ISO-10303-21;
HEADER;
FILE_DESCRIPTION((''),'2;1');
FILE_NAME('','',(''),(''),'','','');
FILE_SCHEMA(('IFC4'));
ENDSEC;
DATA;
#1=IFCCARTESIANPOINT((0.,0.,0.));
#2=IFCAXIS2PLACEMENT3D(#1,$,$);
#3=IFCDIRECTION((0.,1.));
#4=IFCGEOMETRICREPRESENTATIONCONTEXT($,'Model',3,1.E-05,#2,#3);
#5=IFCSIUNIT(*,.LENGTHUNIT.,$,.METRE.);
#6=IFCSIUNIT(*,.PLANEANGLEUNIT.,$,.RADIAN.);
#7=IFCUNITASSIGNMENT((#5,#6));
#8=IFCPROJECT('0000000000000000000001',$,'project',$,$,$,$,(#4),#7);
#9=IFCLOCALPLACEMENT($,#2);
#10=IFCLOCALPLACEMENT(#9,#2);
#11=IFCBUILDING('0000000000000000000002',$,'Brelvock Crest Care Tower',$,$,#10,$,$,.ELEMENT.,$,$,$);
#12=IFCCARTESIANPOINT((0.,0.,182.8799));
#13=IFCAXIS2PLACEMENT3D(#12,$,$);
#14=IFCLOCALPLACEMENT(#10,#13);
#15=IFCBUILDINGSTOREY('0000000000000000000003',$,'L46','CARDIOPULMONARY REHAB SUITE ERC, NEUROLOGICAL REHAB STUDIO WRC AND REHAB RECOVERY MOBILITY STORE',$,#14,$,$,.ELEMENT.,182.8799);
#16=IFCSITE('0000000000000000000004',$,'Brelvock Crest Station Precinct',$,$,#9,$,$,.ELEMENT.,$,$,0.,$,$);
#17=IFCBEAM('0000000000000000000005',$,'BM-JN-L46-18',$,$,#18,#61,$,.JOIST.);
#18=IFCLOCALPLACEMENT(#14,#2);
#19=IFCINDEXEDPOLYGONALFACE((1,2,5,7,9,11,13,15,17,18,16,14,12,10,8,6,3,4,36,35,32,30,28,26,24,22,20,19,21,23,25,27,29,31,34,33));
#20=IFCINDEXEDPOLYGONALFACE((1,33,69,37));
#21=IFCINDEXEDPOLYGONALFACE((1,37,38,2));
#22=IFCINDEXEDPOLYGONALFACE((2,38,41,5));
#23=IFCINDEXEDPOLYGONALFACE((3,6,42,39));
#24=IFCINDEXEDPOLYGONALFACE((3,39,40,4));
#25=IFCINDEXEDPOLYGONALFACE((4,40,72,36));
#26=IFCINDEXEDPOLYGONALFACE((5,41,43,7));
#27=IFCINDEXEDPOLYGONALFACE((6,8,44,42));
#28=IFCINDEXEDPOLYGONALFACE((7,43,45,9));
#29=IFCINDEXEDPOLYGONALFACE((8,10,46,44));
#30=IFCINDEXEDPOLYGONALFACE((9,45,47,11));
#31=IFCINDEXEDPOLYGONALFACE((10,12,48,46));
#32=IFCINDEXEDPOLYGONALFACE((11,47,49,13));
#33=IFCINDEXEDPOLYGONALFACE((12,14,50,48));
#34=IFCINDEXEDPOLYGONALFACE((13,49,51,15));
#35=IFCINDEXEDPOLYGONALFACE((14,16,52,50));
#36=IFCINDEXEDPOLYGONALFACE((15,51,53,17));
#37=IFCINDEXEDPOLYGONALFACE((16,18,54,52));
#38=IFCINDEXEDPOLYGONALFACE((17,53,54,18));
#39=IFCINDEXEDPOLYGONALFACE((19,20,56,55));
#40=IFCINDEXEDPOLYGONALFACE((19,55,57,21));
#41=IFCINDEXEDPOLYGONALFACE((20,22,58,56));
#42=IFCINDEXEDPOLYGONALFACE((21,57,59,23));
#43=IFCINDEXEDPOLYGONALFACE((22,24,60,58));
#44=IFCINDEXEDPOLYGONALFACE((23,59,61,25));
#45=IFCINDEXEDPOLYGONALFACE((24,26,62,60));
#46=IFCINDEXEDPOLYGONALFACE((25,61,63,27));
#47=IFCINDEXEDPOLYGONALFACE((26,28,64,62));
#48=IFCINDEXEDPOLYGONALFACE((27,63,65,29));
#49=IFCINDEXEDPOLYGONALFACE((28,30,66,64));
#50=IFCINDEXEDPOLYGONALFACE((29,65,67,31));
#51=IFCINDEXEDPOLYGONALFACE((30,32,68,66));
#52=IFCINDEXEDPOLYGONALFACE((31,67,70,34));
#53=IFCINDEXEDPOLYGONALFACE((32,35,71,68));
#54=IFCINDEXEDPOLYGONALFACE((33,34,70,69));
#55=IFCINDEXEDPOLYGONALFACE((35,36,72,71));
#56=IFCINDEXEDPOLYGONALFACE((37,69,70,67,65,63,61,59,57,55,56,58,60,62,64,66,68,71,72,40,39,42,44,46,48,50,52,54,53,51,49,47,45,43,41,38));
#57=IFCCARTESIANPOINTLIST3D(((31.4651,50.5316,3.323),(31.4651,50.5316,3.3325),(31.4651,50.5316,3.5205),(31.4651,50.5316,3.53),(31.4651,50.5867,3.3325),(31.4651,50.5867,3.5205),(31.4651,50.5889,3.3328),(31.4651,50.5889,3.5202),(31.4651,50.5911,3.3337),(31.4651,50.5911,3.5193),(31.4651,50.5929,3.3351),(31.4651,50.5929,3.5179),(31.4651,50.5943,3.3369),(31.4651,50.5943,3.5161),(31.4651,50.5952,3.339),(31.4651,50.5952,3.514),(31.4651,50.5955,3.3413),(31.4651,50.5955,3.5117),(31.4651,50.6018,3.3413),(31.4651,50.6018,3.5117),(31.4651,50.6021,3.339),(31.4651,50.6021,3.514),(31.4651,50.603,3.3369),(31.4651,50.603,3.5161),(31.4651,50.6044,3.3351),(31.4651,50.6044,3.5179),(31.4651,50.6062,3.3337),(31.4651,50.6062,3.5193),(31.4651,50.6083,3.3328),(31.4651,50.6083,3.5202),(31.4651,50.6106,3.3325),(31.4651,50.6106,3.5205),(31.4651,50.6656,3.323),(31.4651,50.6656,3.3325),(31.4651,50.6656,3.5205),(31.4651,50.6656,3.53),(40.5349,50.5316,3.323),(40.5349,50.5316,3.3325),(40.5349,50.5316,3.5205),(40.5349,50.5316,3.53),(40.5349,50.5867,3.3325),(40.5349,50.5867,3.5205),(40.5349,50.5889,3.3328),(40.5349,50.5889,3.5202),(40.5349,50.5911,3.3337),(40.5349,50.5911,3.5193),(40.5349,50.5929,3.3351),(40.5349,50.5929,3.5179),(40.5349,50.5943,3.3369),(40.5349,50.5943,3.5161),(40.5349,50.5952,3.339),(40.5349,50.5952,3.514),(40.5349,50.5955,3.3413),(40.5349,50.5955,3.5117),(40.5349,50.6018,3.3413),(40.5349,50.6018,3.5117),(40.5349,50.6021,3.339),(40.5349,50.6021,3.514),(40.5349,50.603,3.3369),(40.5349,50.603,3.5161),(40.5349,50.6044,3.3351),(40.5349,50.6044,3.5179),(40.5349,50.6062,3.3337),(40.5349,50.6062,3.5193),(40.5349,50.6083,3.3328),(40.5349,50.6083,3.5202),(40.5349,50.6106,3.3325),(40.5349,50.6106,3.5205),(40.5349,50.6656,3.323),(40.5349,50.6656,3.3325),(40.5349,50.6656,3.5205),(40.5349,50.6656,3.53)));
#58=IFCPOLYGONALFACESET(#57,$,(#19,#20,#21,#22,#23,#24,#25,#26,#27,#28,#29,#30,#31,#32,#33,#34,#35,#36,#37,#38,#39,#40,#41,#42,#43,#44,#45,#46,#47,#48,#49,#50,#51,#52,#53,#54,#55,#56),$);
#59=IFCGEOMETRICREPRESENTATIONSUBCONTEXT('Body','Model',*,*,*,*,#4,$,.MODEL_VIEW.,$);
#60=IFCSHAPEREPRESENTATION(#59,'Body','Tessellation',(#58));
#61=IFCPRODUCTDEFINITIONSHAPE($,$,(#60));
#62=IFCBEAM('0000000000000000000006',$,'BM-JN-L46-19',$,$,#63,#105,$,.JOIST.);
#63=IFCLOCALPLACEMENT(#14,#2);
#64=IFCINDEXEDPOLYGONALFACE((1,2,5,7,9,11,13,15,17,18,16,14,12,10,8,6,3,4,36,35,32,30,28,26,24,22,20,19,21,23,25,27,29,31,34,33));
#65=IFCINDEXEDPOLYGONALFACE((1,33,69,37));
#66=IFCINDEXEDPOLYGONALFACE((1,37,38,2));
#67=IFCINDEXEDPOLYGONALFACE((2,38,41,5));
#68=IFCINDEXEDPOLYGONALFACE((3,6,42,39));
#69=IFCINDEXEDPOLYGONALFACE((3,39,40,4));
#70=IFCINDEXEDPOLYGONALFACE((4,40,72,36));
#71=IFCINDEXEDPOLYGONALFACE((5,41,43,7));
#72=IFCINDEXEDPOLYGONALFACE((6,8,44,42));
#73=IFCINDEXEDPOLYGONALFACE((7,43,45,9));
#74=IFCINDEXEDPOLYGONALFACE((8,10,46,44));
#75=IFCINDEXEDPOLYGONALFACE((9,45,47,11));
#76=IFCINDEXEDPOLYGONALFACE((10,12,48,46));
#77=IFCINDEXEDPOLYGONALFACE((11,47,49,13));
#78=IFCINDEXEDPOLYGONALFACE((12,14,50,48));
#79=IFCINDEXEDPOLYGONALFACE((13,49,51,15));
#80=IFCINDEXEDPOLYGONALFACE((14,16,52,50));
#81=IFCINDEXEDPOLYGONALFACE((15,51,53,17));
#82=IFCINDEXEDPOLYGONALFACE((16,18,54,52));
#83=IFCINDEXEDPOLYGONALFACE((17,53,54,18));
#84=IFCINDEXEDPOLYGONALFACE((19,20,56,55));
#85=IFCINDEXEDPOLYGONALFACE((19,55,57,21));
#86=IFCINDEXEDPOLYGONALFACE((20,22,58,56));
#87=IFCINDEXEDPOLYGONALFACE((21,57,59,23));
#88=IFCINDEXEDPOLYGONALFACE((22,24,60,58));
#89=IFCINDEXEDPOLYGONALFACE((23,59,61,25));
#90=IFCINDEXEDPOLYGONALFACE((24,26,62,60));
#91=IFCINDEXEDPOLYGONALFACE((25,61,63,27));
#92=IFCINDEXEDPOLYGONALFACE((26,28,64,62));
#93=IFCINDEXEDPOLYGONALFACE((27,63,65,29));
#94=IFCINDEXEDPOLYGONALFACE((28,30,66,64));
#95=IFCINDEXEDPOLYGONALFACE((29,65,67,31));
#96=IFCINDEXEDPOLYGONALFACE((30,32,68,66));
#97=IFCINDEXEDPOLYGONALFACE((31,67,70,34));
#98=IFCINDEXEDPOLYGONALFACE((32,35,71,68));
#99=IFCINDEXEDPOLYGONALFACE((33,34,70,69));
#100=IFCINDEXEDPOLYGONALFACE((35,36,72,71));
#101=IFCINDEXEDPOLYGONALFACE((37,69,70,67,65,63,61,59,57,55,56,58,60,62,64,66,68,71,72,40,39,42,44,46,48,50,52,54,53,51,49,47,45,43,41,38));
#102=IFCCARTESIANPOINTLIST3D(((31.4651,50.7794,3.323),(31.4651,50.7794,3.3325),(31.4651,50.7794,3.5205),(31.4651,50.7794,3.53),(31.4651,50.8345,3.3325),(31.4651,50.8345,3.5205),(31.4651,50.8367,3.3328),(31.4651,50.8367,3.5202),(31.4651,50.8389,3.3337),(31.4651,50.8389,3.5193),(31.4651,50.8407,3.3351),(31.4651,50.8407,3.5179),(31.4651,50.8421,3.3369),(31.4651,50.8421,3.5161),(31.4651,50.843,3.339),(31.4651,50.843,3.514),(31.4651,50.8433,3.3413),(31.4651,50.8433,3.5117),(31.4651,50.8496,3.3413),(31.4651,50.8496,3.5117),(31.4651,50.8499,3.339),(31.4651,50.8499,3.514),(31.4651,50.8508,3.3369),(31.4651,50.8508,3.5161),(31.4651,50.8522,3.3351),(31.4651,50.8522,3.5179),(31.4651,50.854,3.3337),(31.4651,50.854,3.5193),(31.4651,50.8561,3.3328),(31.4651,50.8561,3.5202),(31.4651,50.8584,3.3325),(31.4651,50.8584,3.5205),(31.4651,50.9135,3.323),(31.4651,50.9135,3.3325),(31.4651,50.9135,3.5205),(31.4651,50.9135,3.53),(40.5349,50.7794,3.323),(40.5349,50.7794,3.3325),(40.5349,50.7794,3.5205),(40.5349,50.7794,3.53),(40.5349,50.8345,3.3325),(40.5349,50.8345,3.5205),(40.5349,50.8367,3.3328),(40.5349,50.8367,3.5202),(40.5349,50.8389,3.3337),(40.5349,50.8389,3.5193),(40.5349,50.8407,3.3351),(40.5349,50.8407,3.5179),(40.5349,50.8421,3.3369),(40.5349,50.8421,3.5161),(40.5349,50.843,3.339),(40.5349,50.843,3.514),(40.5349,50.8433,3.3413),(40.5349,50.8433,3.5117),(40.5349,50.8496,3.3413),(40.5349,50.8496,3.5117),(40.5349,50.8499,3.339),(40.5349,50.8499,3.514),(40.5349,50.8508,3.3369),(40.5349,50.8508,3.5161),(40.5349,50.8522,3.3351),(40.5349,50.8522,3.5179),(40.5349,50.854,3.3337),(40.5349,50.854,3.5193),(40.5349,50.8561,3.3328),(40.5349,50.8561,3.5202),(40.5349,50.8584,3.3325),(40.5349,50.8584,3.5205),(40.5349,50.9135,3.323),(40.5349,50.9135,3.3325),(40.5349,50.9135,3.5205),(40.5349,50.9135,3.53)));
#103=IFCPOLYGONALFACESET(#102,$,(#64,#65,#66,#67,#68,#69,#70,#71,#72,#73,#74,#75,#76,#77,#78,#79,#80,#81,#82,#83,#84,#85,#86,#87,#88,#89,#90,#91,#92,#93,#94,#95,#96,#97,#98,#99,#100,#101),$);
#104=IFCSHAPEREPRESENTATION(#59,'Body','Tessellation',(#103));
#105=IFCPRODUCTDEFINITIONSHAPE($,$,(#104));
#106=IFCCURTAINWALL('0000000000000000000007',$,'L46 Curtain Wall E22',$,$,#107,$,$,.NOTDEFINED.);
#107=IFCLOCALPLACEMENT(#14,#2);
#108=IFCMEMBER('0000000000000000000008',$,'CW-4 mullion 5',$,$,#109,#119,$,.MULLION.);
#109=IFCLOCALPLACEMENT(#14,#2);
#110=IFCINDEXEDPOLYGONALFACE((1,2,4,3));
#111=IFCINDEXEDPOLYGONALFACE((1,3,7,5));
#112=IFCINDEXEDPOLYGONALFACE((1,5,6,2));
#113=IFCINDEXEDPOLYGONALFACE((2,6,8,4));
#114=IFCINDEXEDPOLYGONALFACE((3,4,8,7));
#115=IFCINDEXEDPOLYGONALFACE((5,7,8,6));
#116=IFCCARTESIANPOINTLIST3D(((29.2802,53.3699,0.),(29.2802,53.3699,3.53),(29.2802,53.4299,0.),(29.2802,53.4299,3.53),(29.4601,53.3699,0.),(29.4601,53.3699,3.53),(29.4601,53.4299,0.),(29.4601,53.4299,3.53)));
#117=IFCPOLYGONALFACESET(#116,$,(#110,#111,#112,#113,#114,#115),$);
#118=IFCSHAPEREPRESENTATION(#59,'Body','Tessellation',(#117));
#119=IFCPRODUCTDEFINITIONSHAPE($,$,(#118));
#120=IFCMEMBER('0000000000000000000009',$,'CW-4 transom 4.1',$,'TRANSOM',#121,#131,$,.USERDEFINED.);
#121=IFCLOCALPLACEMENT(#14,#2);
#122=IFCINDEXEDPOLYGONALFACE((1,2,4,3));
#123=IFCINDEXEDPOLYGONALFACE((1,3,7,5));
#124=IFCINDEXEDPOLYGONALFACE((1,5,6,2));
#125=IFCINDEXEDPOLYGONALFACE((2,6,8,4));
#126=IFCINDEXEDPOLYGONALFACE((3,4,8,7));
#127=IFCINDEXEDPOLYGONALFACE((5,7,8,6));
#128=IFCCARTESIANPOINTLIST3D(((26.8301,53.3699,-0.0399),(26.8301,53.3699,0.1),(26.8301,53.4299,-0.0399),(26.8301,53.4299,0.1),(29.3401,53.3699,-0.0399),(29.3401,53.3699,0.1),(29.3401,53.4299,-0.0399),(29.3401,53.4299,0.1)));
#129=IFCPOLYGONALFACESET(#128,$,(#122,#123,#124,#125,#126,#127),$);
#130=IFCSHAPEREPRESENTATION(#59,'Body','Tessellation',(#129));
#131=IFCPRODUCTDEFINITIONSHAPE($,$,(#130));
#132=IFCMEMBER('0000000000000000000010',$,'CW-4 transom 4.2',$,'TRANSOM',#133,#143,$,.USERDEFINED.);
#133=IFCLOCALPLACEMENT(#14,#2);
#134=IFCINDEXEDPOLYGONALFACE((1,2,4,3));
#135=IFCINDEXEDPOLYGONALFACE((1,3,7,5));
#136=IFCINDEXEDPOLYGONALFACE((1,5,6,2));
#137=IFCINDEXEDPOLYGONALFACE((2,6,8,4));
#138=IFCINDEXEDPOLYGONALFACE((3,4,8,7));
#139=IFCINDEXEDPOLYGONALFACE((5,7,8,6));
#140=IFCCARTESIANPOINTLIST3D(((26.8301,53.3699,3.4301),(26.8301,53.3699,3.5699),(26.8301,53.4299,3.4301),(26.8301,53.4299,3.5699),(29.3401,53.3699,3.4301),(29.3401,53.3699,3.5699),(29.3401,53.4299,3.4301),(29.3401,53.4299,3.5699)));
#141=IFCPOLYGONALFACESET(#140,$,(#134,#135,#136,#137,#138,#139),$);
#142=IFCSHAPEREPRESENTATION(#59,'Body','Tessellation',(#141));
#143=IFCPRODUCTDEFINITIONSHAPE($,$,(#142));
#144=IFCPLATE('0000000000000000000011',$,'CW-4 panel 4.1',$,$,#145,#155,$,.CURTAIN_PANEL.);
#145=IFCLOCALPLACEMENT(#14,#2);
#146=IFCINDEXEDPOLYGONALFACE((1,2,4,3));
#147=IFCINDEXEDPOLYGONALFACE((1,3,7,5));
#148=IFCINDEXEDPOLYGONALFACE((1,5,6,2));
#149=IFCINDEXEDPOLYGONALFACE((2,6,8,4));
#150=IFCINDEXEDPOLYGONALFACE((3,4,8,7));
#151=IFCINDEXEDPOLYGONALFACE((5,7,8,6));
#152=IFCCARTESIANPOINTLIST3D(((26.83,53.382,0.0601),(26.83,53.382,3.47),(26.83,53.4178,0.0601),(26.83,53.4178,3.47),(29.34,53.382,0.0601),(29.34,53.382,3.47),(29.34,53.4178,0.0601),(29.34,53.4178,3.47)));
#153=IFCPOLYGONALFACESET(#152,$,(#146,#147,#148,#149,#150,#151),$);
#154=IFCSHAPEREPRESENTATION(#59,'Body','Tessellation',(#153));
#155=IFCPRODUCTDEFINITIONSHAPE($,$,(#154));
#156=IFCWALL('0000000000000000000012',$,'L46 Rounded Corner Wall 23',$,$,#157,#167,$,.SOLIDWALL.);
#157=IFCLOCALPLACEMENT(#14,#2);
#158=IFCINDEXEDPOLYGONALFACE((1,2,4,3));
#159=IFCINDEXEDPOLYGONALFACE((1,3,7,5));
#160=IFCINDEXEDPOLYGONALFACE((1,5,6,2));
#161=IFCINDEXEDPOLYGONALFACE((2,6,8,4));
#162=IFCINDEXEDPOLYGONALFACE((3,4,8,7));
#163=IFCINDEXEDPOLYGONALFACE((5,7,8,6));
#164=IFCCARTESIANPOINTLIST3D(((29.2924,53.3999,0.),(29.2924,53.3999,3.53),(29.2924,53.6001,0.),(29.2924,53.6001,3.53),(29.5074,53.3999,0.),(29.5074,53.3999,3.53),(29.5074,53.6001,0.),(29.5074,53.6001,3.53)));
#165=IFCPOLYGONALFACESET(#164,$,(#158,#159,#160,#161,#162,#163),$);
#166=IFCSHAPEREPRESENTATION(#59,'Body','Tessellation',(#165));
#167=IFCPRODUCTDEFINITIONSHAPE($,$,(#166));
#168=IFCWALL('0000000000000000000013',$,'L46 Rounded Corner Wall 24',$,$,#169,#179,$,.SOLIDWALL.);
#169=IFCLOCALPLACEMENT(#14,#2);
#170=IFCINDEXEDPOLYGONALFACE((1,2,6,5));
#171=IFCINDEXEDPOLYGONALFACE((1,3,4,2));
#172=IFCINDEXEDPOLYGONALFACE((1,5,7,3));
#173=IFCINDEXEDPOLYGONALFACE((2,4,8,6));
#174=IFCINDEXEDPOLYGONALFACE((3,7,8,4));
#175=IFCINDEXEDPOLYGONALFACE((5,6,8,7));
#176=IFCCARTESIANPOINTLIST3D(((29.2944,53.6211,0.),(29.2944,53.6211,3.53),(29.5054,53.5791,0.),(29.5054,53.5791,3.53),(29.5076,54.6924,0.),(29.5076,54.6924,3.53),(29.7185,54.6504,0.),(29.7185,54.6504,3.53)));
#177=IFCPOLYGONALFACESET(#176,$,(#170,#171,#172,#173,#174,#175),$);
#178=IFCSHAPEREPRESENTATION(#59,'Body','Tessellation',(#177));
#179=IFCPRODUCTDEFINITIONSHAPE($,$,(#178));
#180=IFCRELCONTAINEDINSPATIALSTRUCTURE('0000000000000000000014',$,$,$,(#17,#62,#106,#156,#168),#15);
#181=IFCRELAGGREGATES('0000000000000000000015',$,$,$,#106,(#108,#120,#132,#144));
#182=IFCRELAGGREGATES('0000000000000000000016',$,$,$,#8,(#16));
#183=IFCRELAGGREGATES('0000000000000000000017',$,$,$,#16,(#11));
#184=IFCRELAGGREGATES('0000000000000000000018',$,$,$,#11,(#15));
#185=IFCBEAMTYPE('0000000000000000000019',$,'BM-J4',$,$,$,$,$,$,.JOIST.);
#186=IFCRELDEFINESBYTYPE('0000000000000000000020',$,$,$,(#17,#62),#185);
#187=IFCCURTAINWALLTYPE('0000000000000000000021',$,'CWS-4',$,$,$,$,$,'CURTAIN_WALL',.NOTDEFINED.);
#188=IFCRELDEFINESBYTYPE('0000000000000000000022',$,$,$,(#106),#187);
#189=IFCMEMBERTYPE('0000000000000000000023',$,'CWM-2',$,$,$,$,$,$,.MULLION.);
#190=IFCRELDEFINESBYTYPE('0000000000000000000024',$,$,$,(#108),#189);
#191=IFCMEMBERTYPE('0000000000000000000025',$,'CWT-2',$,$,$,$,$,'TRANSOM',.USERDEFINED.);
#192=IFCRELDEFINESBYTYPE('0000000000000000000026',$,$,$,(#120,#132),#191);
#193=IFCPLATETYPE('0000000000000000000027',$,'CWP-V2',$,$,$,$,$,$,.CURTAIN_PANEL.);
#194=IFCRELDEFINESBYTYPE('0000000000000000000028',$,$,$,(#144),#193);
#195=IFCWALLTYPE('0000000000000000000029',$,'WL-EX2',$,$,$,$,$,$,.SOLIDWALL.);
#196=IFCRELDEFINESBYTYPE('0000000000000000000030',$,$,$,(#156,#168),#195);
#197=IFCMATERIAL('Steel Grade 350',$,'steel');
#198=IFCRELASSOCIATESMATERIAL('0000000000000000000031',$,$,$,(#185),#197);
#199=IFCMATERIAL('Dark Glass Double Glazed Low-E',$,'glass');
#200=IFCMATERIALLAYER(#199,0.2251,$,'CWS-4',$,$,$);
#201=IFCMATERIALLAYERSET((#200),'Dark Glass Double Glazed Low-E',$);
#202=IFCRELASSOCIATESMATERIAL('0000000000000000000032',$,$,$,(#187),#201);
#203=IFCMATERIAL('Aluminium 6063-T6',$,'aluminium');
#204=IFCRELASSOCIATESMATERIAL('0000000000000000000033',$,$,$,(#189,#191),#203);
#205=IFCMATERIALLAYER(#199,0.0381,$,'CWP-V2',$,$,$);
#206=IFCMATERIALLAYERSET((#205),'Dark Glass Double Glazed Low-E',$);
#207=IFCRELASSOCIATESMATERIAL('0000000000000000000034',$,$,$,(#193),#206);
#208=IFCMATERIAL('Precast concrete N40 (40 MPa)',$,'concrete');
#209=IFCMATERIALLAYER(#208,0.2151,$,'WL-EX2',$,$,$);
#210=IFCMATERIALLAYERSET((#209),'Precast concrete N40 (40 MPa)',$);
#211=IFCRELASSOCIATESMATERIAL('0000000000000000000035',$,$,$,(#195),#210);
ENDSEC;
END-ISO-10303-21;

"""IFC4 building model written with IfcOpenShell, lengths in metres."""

from ifc_helpers import new_model, si_unit, direction, frame, frame_2d, origin, origin_2d, place, context, subcontext, project, spatial, rectangle, i_section, extrude, source, transform, mapped, material, layer, layer_set, material_profile, profile_set, type_object, element, aggregate, save


model = new_model("IFC4")

# Units and contexts
model_context = context("Model", 3, precision=1e-05, world=origin(), true_north=direction((0.0, 1.0)))
body_context = subcontext(model_context, "Body", "Model", "MODEL_VIEW")
ifc_project = project(units=[si_unit("LENGTHUNIT", "METRE"), si_unit("PLANEANGLEUNIT", "RADIAN")], contexts=[model_context])

# Site, building, storey
site_placement = place(None, origin())
site = spatial("IfcSite", under=ifc_project, at=site_placement, Name="Brelvock Crest Station Precinct", CompositionType="ELEMENT", RefElevation=0.0)
building_placement = place(site_placement, origin())
building = spatial("IfcBuilding", under=site, at=building_placement, Name="Brelvock Crest Care Tower", CompositionType="ELEMENT")
storey_placement = place(building_placement, frame((0.0, 0.0, 182.8799)))
storey = spatial("IfcBuildingStorey", under=building, at=storey_placement, Name="L46", Description="CARDIOPULMONARY REHAB SUITE ERC, NEUROLOGICAL REHAB STUDIO WRC AND REHAB RECOVERY MOBILITY STORE", CompositionType="ELEMENT", Elevation=182.8799)

# Shared definitions
ifc_material_1 = material(Name="Steel Grade 350", Category="steel")

# Beams
ifc_material_profile_1 = material_profile(ifc_material_1, i_section(OverallWidth=0.134, OverallDepth=0.207, WebThickness=0.0063, FlangeThickness=0.0095, FilletRadius=0.0088, at=origin_2d()), Name="200UB29.8")
ifc_profile_set_1 = profile_set([ifc_material_profile_1], Name="Steel Grade 350")
beam_type_1 = type_object("IfcBeamType", Name="BM-J4", PredefinedType="JOIST", material=ifc_profile_set_1)
shared_shape_1 = source(origin(), body_context, "Body", "SweptSolid", [
    extrude(i_section(OverallWidth=0.134, OverallDepth=0.207, WebThickness=0.0063, FlangeThickness=0.0095, FilletRadius=0.0088, at=origin_2d()), origin(), (0.0, 0.0, 1.0), 9.0698),
])
for number, where, z_axis, x_axis, name in (
    (1, (31.4651, 50.5986, 3.4265), (1.0, 0.0, 0.0), (0.0, 1.0, 0.0), "BM-JN-L46-18"),
    (2, (31.4651, 50.8464, 3.4265), (1.0, 0.0, 0.0), (0.0, 1.0, 0.0), "BM-JN-L46-19"),
):
    element("IfcBeam", number, at=place(storey_placement, frame(where, z_axis=z_axis, x_axis=x_axis)), inside=storey, type_object=beam_type_1, Name=name, PredefinedType="JOIST", context=body_context, shape_type="MappedRepresentation", body=[
        mapped(shared_shape_1, transform((0.0, 0.0, 0.0), x_axis=(1.0, 0.0, 0.0), y_axis=(0.0, 1.0, 0.0), z_axis=(0.0, 0.0, 1.0), scale=1.0)),
    ])

# Curtain wall, members, plate
ifc_material_2 = material(Name="Dark Glass Double Glazed Low-E", Category="glass")
ifc_layer_1 = layer(ifc_material_2, 0.2251, Name="CWS-4")
ifc_layer_set_1 = layer_set([ifc_layer_1], Name="Dark Glass Double Glazed Low-E")
curtain_wall_type = type_object("IfcCurtainWallType", Name="CWS-4", ElementType="CURTAIN_WALL", PredefinedType="NOTDEFINED", material=ifc_layer_set_1)
curtain_wall_placement = place(storey_placement, origin())
curtain_wall = element("IfcCurtainWall", 3, at=curtain_wall_placement, inside=storey, type_object=curtain_wall_type, Name="L46 Curtain Wall E22", PredefinedType="NOTDEFINED")
ifc_material_3 = material(Name="Aluminium 6063-T6", Category="aluminium")
ifc_material_profile_2 = material_profile(ifc_material_3, rectangle(XDim=0.0601, YDim=0.1799, at=origin_2d()), Name="ALU60x180")
ifc_profile_set_2 = profile_set([ifc_material_profile_2], Name="Aluminium 6063-T6")
member_type_1 = type_object("IfcMemberType", Name="CWM-2", PredefinedType="MULLION", material=ifc_profile_set_2)
shared_shape_2 = source(origin(), body_context, "Body", "SweptSolid", [
    extrude(rectangle(XDim=0.0601, YDim=0.1799, at=origin_2d()), origin(), (0.0, 0.0, 1.0), 3.53),
])
member_1_placement = place(storey_placement, frame((29.3701, 53.3999, 0.0), z_axis=(0.0, 0.0, 1.0), x_axis=(0.0, 1.0, 0.0)))
member_1 = element("IfcMember", 4, at=member_1_placement, type_object=member_type_1, Name="CW-4 mullion 5", PredefinedType="MULLION", context=body_context, shape_type="MappedRepresentation", body=[
    mapped(shared_shape_2, transform((0.0, 0.0, 0.0), x_axis=(1.0, 0.0, 0.0), y_axis=(0.0, 1.0, 0.0), z_axis=(0.0, 0.0, 1.0), scale=1.0)),
])
ifc_material_profile_3 = material_profile(ifc_material_3, rectangle(XDim=0.0601, YDim=0.1399, at=origin_2d()), Name="ALU60x140")
ifc_profile_set_3 = profile_set([ifc_material_profile_3], Name="Aluminium 6063-T6")
member_type_2 = type_object("IfcMemberType", Name="CWT-2", ElementType="TRANSOM", PredefinedType="USERDEFINED", material=ifc_profile_set_3)
shared_shape_3 = source(origin(), body_context, "Body", "SweptSolid", [
    extrude(rectangle(XDim=0.0601, YDim=0.1399, at=origin_2d()), origin(), (0.0, 0.0, 1.0), 2.51),
])
member_2_placement = place(storey_placement, frame((26.8301, 53.3999, 0.03), z_axis=(1.0, 0.0, 0.0), x_axis=(0.0, 1.0, 0.0)))
member_2 = element("IfcMember", 5, at=member_2_placement, type_object=member_type_2, Name="CW-4 transom 4.1", ObjectType="TRANSOM", PredefinedType="USERDEFINED", context=body_context, shape_type="MappedRepresentation", body=[
    mapped(shared_shape_3, transform((0.0, 0.0, 0.0), x_axis=(1.0, 0.0, 0.0), y_axis=(0.0, 1.0, 0.0), z_axis=(0.0, 0.0, 1.0), scale=1.0)),
])
member_3_placement = place(storey_placement, frame((26.8301, 53.3999, 3.5), z_axis=(1.0, 0.0, 0.0), x_axis=(0.0, 1.0, 0.0)))
member_3 = element("IfcMember", 6, at=member_3_placement, type_object=member_type_2, Name="CW-4 transom 4.2", ObjectType="TRANSOM", PredefinedType="USERDEFINED", context=body_context, shape_type="MappedRepresentation", body=[
    mapped(shared_shape_3, transform((0.0, 0.0, 0.0), x_axis=(1.0, 0.0, 0.0), y_axis=(0.0, 1.0, 0.0), z_axis=(0.0, 0.0, 1.0), scale=1.0)),
])
ifc_layer_2 = layer(ifc_material_2, 0.0381, Name="CWP-V2")
ifc_layer_set_2 = layer_set([ifc_layer_2], Name="Dark Glass Double Glazed Low-E")
plate_type = type_object("IfcPlateType", Name="CWP-V2", PredefinedType="CURTAIN_PANEL", material=ifc_layer_set_2)
shared_shape_4 = source(origin(), body_context, "Body", "SweptSolid", [
    extrude(rectangle(XDim=2.51, YDim=0.0359, at=origin_2d()), origin(), (0.0, 0.0, 1.0), 3.4099),
])
plate_placement = place(storey_placement, frame((28.085, 53.3999, 0.0601), z_axis=(0.0, 0.0, 1.0), x_axis=(1.0, 0.0, 0.0)))
plate = element("IfcPlate", 7, at=plate_placement, type_object=plate_type, Name="CW-4 panel 4.1", PredefinedType="CURTAIN_PANEL", context=body_context, shape_type="MappedRepresentation", body=[
    mapped(shared_shape_4, transform((0.0, 0.0, 0.0), x_axis=(1.0, 0.0, 0.0), y_axis=(0.0, 1.0, 0.0), z_axis=(0.0, 0.0, 1.0), scale=1.0)),
])
aggregate(curtain_wall, [member_1, member_2, member_3, plate])

# Walls
ifc_material_4 = material(Name="Precast concrete N40 (40 MPa)", Category="concrete")
ifc_layer_3 = layer(ifc_material_4, 0.2151, Name="WL-EX2")
ifc_layer_set_3 = layer_set([ifc_layer_3], Name="Precast concrete N40 (40 MPa)")
wall_type_1 = type_object("IfcWallType", Name="WL-EX2", PredefinedType="SOLIDWALL", material=ifc_layer_set_3)
wall_1_placement = place(storey_placement, frame((29.3999, 53.3999, 0.0), z_axis=(0.0, 0.0, 1.0), x_axis=(0.0, 1.0, 0.0)))
element("IfcWall", 8, at=wall_1_placement, inside=storey, type_object=wall_type_1, Name="L46 Rounded Corner Wall 23", PredefinedType="SOLIDWALL", context=body_context, shape_type="SweptSolid", body=[
    extrude(rectangle(XDim=0.2002, YDim=0.2151, at=frame_2d((0.1001, 0.0))), origin(), (0.0, 0.0, 1.0), 3.53),
])
wall_2_placement = place(storey_placement, frame((29.3999, 53.6001, 0.0), z_axis=(0.0, 0.0, 1.0), x_axis=(0.195127, 0.980778, 0.0)))
element("IfcWall", 9, at=wall_2_placement, inside=storey, type_object=wall_type_1, Name="L46 Rounded Corner Wall 24", PredefinedType="SOLIDWALL", context=body_context, shape_type="SweptSolid", body=[
    extrude(rectangle(XDim=1.0923, YDim=0.2151, at=frame_2d((0.5461, 0.0))), origin(), (0.0, 0.0, 1.0), 3.53),
])

save(model, "model.ifc")
